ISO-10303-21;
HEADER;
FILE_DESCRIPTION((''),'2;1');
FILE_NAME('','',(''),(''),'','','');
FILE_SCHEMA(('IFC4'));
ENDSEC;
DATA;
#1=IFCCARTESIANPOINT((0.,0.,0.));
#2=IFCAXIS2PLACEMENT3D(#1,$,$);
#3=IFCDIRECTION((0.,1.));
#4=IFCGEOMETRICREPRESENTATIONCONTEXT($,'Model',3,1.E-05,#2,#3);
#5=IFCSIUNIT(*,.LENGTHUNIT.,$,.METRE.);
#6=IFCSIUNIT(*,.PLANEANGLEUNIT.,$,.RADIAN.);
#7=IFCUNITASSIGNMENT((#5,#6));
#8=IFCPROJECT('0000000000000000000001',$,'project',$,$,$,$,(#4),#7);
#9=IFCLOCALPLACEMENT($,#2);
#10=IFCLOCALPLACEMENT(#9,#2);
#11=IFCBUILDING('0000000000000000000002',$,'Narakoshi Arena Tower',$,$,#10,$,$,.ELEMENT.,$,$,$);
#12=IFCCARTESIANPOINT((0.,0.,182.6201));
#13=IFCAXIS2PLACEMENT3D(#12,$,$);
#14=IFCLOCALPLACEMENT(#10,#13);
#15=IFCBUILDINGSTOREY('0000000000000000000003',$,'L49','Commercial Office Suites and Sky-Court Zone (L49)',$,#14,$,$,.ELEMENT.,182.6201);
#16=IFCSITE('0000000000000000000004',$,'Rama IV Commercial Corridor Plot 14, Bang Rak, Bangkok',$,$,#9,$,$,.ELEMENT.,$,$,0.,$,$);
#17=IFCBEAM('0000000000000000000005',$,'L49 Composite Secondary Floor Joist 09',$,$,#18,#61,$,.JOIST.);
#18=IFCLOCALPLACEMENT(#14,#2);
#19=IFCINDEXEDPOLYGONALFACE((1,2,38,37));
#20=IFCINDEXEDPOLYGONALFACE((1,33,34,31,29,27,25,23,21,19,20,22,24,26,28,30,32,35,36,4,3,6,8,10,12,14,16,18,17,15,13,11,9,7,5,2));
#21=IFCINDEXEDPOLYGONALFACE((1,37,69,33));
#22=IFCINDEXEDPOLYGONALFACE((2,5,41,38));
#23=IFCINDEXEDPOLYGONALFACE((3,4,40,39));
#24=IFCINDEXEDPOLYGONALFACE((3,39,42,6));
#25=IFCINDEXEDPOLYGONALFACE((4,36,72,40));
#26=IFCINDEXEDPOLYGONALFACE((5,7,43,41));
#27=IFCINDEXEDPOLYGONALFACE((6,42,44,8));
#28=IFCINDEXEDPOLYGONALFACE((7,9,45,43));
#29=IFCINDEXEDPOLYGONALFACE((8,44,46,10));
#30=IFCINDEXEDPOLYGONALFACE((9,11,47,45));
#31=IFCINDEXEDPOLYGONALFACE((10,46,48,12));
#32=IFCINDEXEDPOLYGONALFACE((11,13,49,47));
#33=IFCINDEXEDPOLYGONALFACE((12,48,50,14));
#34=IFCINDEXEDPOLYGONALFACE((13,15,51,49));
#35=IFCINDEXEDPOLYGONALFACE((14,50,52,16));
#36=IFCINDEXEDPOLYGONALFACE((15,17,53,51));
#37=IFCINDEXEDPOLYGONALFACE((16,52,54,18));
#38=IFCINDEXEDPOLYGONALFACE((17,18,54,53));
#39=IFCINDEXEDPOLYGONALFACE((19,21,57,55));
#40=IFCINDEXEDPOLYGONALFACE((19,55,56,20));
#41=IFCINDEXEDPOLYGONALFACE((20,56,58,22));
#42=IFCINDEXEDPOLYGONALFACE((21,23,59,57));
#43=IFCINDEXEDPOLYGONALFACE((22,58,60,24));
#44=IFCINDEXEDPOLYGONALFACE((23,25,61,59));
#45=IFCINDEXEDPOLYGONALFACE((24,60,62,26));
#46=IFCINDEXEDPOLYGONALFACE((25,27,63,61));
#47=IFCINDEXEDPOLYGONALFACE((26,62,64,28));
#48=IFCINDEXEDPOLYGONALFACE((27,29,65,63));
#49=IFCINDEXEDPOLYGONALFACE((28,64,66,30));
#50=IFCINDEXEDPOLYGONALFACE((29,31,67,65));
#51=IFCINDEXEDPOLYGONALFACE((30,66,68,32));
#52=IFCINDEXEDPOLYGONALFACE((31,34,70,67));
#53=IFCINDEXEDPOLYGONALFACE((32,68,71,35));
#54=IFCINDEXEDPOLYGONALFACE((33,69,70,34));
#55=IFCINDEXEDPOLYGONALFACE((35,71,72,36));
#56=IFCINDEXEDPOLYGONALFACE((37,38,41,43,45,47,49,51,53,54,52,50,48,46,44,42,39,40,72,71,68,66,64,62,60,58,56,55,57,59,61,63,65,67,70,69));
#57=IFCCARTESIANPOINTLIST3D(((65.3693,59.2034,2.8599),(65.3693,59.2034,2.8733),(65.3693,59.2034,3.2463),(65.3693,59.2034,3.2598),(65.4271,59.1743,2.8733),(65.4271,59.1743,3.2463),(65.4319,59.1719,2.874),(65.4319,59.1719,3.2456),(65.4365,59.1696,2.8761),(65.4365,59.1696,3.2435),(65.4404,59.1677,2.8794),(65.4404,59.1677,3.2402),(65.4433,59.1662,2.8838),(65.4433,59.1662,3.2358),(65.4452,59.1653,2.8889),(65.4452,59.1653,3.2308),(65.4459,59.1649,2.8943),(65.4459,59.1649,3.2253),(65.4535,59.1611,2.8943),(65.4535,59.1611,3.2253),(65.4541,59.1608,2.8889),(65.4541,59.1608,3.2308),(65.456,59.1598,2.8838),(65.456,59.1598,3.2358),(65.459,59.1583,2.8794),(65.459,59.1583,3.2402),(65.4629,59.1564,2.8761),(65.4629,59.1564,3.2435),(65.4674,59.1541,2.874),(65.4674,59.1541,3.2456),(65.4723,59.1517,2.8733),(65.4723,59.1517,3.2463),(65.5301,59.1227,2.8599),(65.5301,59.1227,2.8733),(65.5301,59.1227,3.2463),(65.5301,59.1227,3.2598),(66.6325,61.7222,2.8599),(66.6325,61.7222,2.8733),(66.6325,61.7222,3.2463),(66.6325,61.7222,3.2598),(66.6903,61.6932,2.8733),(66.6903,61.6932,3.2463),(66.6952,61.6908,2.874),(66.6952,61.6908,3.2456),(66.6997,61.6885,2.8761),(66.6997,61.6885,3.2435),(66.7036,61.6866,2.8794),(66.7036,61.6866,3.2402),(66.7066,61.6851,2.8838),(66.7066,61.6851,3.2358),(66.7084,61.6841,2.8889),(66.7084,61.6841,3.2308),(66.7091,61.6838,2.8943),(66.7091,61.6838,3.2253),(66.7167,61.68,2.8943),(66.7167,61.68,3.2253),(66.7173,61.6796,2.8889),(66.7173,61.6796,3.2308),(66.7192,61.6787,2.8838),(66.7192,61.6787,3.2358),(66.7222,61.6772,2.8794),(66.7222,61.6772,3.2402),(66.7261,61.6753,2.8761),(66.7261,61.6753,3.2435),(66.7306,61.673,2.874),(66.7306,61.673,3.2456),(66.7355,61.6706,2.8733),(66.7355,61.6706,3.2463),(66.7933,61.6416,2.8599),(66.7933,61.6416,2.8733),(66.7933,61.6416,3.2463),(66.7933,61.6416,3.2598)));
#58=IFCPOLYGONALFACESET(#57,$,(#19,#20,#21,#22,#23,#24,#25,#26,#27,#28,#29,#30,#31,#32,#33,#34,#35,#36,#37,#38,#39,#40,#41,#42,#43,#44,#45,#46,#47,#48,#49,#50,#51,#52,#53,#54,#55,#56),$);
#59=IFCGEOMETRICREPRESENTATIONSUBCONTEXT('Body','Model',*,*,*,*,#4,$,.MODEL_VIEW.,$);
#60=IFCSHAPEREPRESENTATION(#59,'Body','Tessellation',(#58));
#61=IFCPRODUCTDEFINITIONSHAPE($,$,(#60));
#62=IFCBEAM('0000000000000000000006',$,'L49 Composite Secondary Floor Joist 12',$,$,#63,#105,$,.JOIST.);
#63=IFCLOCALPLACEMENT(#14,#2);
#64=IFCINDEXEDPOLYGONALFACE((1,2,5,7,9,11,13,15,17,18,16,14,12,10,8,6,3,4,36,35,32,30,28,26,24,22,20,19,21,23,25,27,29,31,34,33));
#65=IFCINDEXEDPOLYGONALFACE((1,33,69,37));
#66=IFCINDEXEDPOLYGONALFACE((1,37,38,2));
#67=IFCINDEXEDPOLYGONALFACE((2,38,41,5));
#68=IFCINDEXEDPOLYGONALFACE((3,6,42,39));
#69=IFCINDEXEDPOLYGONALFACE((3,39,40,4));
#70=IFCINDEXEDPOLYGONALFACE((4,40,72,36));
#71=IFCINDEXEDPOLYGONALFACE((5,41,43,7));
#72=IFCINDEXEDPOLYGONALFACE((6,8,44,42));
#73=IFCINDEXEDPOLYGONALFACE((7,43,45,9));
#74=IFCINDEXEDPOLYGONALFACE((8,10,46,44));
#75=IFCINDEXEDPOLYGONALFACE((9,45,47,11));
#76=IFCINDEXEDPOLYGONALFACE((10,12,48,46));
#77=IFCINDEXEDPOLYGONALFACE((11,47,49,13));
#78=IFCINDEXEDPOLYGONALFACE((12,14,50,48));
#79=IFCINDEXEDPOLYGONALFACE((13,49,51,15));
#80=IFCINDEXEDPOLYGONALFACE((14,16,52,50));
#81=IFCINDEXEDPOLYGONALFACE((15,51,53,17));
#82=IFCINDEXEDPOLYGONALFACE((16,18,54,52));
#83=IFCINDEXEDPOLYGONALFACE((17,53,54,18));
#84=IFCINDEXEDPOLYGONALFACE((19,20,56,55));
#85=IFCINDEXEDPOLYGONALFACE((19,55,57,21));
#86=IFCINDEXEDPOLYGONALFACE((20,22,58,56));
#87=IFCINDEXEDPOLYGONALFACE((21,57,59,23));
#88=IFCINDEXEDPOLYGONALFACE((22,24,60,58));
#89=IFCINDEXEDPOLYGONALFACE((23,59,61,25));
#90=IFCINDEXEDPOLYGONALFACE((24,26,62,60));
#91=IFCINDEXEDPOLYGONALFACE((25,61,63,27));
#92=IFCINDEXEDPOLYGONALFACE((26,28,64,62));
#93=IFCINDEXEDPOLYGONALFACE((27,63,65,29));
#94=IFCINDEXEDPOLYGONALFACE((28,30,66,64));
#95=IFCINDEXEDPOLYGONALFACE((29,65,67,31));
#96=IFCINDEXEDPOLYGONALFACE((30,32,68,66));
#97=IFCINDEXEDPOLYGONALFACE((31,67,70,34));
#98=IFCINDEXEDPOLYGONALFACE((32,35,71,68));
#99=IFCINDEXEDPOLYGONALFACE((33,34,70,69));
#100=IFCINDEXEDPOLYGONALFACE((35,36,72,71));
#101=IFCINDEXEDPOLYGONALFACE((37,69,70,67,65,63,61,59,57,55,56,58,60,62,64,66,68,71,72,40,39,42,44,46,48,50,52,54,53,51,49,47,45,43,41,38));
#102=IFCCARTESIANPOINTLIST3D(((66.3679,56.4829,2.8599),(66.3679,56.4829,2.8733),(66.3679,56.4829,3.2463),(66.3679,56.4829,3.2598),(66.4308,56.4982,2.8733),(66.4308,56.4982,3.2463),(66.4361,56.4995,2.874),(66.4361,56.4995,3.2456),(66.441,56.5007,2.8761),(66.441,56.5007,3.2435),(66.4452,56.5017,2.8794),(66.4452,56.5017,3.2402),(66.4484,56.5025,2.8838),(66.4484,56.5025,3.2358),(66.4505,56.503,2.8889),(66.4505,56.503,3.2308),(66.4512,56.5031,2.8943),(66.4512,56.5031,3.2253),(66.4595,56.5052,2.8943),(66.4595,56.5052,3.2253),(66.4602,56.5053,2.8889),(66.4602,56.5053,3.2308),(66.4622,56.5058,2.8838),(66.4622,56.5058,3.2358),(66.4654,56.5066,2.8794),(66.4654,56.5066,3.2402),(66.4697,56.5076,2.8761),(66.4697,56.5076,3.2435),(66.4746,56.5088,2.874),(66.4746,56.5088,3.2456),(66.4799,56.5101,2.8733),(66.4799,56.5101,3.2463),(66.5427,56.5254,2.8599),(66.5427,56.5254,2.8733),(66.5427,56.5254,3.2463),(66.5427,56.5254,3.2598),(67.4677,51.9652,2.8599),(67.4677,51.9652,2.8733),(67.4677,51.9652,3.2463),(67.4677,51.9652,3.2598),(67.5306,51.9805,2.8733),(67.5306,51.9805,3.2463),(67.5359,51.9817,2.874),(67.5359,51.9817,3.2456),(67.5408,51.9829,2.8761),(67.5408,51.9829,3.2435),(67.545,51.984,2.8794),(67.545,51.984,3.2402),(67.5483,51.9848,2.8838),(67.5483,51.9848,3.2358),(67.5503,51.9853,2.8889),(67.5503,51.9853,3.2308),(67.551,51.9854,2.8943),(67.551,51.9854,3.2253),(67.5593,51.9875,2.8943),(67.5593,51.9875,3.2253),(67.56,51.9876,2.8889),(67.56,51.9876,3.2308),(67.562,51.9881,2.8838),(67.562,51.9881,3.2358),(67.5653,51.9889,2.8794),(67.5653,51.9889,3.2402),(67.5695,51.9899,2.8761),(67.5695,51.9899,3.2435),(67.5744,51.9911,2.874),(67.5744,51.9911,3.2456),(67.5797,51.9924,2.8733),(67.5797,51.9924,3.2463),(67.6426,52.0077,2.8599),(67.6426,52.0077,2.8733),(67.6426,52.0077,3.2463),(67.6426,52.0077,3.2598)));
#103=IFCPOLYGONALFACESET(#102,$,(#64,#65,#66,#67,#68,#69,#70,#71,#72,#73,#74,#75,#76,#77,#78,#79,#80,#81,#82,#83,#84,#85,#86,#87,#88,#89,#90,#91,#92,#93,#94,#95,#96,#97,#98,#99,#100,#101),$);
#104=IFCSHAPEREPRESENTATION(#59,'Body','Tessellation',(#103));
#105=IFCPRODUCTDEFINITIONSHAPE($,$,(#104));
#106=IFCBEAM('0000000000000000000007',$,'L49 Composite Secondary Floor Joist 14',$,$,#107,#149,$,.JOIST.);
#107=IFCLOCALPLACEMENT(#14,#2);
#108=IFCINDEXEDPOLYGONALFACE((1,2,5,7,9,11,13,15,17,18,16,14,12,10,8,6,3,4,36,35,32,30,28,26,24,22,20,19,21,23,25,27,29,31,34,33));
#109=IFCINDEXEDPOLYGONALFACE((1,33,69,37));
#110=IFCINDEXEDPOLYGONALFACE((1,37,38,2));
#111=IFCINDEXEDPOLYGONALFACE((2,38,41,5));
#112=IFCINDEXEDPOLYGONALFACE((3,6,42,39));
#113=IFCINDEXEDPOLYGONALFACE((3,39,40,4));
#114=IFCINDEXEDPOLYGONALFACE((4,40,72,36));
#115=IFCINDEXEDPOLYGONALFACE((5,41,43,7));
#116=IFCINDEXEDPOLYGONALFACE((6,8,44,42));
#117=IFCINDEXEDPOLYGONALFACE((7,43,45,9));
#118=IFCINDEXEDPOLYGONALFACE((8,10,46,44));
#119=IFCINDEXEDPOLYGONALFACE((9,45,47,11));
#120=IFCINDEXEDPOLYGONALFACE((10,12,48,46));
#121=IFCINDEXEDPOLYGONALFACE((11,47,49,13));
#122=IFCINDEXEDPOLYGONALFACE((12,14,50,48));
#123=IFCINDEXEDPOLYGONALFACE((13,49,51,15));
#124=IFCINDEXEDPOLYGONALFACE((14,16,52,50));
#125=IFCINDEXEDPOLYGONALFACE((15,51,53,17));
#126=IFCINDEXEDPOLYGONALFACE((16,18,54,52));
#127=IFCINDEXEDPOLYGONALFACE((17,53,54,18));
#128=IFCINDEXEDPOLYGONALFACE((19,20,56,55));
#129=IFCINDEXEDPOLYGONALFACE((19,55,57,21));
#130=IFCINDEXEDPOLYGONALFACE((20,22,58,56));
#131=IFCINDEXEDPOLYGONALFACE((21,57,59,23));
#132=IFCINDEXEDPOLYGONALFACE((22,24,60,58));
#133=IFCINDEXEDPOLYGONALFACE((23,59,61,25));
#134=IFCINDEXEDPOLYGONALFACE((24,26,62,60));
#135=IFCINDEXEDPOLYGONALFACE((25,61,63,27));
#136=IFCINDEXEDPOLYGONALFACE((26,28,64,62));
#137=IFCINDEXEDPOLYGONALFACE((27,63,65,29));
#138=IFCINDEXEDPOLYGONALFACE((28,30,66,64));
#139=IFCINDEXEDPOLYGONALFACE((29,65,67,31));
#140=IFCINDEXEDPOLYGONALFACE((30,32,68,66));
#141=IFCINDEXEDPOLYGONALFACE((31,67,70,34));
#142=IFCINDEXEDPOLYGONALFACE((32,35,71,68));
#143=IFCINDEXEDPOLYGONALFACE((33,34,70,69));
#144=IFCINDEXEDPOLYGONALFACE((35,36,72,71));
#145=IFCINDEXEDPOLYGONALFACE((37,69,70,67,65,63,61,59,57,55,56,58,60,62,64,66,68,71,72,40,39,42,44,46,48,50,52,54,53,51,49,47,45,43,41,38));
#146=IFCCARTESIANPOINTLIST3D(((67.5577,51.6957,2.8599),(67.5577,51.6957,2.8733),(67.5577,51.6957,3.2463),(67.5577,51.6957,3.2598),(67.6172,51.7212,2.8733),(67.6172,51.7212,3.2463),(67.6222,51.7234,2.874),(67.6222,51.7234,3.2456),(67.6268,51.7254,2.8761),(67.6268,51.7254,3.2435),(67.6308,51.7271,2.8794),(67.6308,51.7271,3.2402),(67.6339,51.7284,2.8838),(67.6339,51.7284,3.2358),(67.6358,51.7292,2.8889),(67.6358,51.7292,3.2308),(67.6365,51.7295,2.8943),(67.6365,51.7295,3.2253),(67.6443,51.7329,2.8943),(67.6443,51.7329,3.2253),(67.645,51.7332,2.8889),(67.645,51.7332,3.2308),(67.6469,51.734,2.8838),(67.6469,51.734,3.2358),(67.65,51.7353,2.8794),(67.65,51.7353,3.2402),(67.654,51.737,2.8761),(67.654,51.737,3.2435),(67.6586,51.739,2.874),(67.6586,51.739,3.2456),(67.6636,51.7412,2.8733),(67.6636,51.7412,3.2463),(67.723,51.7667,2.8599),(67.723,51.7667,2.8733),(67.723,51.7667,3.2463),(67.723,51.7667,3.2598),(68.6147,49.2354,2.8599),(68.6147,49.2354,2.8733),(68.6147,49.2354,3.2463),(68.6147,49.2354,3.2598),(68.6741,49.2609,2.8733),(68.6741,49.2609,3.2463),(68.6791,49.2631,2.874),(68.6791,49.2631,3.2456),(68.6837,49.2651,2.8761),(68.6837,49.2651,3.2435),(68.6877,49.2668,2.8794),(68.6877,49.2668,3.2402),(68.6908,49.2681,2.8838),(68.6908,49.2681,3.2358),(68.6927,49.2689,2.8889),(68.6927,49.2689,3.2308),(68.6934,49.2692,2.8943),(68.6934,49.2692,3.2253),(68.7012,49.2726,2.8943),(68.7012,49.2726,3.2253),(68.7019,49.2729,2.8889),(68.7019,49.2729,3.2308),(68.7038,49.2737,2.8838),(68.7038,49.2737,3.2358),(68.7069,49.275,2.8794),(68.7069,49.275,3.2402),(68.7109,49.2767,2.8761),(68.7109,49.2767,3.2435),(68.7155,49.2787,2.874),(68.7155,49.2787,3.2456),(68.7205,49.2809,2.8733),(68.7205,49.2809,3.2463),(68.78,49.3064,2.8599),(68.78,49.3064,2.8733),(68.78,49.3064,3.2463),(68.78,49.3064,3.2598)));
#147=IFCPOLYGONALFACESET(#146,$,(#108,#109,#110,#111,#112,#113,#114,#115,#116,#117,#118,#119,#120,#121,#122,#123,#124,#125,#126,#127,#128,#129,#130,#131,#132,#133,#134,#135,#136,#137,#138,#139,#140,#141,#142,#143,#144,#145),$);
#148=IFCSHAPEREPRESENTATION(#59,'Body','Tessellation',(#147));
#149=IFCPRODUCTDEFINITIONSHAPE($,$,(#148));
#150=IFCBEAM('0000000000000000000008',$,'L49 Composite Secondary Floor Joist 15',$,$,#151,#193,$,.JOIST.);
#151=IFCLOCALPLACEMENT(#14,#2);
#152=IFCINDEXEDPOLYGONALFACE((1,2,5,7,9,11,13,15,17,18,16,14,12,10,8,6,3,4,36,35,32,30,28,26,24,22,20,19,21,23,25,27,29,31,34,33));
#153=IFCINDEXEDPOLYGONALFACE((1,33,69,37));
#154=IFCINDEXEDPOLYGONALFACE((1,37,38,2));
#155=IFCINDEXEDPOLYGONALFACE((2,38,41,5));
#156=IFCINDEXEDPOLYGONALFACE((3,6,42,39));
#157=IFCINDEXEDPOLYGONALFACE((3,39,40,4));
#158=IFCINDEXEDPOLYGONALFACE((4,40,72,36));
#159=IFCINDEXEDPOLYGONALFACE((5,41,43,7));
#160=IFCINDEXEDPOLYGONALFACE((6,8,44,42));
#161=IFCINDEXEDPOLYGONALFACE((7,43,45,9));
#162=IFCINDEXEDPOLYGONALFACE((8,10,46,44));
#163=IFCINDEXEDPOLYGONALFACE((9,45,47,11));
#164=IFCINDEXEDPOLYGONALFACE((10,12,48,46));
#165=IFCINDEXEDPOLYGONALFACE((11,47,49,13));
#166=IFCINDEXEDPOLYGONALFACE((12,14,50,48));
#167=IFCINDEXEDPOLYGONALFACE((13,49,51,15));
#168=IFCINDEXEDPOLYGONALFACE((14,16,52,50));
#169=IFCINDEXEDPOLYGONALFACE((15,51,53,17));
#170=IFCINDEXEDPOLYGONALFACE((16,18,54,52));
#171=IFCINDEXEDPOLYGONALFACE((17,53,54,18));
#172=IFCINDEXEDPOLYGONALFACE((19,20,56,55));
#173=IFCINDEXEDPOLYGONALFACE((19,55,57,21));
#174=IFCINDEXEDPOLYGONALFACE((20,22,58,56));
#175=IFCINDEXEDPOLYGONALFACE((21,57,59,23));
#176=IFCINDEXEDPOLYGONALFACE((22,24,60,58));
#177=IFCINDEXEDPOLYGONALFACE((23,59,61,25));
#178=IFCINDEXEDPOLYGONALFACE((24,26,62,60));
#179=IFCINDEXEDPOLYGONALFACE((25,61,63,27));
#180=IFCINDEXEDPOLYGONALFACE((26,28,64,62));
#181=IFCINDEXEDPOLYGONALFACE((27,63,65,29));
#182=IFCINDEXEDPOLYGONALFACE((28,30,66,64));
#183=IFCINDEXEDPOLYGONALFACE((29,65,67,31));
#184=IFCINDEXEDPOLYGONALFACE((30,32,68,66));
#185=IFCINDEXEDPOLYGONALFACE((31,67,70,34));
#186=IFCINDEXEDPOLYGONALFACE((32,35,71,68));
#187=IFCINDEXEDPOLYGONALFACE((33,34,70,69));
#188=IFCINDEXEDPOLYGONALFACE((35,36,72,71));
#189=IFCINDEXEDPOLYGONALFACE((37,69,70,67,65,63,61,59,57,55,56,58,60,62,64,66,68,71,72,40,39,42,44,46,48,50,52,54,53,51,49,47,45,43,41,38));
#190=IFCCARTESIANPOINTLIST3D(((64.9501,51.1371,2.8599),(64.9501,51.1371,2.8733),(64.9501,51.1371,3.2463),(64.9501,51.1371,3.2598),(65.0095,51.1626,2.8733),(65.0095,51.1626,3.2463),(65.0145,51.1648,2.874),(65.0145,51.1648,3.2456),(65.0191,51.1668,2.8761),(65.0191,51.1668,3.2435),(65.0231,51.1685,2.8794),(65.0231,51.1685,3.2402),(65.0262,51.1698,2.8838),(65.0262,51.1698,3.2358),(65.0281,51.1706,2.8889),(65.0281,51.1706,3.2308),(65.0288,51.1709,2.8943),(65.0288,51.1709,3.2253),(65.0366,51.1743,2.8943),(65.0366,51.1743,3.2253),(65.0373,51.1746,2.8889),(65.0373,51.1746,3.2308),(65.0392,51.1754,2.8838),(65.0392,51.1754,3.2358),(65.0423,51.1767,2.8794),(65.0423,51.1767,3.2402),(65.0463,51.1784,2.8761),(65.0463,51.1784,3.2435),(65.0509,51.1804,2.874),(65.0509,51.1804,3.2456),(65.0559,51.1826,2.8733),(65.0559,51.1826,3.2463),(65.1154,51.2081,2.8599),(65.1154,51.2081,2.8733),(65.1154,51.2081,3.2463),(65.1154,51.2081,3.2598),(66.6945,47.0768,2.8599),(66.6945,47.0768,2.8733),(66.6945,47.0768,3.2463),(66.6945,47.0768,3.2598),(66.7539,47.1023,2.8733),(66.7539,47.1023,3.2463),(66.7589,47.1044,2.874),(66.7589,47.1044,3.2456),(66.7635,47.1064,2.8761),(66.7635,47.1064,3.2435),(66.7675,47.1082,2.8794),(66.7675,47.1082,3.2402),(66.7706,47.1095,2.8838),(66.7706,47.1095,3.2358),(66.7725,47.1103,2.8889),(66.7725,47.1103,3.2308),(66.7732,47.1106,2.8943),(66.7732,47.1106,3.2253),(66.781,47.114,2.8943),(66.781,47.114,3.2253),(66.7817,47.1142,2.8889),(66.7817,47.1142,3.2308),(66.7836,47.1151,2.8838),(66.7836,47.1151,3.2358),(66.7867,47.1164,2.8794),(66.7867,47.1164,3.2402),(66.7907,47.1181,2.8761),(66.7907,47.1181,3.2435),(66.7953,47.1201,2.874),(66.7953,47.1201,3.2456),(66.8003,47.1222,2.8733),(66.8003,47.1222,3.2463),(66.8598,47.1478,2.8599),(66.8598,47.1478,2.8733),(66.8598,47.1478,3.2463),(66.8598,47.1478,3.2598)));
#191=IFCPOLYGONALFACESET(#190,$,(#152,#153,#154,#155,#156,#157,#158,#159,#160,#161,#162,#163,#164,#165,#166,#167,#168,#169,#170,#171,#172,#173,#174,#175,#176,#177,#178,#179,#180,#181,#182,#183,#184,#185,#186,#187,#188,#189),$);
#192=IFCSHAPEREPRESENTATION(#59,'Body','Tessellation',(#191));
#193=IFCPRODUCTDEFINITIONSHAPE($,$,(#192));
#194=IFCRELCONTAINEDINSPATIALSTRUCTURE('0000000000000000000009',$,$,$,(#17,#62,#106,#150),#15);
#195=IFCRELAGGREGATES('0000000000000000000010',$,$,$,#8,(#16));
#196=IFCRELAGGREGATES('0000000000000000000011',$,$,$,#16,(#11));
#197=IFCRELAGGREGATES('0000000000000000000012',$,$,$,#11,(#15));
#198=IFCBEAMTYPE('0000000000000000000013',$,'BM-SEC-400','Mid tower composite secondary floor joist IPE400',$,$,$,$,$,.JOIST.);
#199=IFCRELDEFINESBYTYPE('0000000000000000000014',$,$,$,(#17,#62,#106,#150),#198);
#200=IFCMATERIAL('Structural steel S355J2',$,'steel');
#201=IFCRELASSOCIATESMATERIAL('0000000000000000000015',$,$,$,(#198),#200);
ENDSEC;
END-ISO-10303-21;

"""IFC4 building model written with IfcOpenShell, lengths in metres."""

from ifc_helpers import new_model, si_unit, direction, frame, origin, origin_2d, place, context, subcontext, project, spatial, i_section, extrude, material, material_profile, profile_set, type_object, element, save


model = new_model("IFC4")

# Units and contexts
model_context = context("Model", 3, precision=1e-05, world=origin(), true_north=direction((0.0, 1.0)))
body_context = subcontext(model_context, "Body", "Model", "MODEL_VIEW")
ifc_project = project(units=[si_unit("LENGTHUNIT", "METRE"), si_unit("PLANEANGLEUNIT", "RADIAN")], contexts=[model_context])

# Site, building, storey
site_placement = place(None, origin())
site = spatial("IfcSite", under=ifc_project, at=site_placement, Name="Rama IV Commercial Corridor Plot 14, Bang Rak, Bangkok", CompositionType="ELEMENT", RefElevation=0.0)
building_placement = place(site_placement, origin())
building = spatial("IfcBuilding", under=site, at=building_placement, Name="Narakoshi Arena Tower", CompositionType="ELEMENT")
storey_placement = place(building_placement, frame((0.0, 0.0, 182.6201)))
storey = spatial("IfcBuildingStorey", under=building, at=storey_placement, Name="L49", Description="Commercial Office Suites and Sky-Court Zone (L49)", CompositionType="ELEMENT", Elevation=182.6201)

# Beams
ifc_material_1 = material(Name="Structural steel S355J2", Category="steel")
ifc_material_profile_1 = material_profile(ifc_material_1, i_section(OverallWidth=0.1799, OverallDepth=0.3999, WebThickness=0.0085, FlangeThickness=0.0134, FilletRadius=0.021, at=origin_2d()), Name="IPE400")
ifc_profile_set_1 = profile_set([ifc_material_profile_1], Name="Structural steel S355J2")
beam_type_1 = type_object("IfcBeamType", Name="BM-SEC-400", Description="Mid tower composite secondary floor joist IPE400", PredefinedType="JOIST", material=ifc_profile_set_1)
beam_1_placement = place(storey_placement, frame((66.7129, 61.6819, 3.0598), z_axis=(-0.448288, -0.893889, 0.0), x_axis=(0.893889, -0.448288, 0.0)))
element("IfcBeam", 1, at=beam_1_placement, inside=storey, type_object=beam_type_1, Name="L49 Composite Secondary Floor Joist 09", PredefinedType="JOIST", context=body_context, shape_type="SweptSolid", body=[
    extrude(i_section(OverallWidth=0.1799, OverallDepth=0.3999, WebThickness=0.0085, FlangeThickness=0.0134, FilletRadius=0.021, at=origin_2d()), origin(), (0.0, 0.0, 1.0), 2.8179),
])
beam_2_placement = place(storey_placement, frame((66.4553, 56.5042, 3.0598), z_axis=(0.236539, -0.971622, 0.0), x_axis=(0.971622, 0.236539, 0.0)))
element("IfcBeam", 2, at=beam_2_placement, inside=storey, type_object=beam_type_1, Name="L49 Composite Secondary Floor Joist 12", PredefinedType="JOIST", context=body_context, shape_type="SweptSolid", body=[
    extrude(i_section(OverallWidth=0.1799, OverallDepth=0.3999, WebThickness=0.0085, FlangeThickness=0.0134, FilletRadius=0.021, at=origin_2d()), origin(), (0.0, 0.0, 1.0), 4.6497),
])
beam_3_placement = place(storey_placement, frame((67.6404, 51.7312, 3.0598), z_axis=(0.394711, -0.918805, 0.0), x_axis=(0.918805, 0.394711, 0.0)))
element("IfcBeam", 3, at=beam_3_placement, inside=storey, type_object=beam_type_1, Name="L49 Composite Secondary Floor Joist 14", PredefinedType="JOIST", context=body_context, shape_type="SweptSolid", body=[
    extrude(i_section(OverallWidth=0.1799, OverallDepth=0.3999, WebThickness=0.0085, FlangeThickness=0.0134, FilletRadius=0.021, at=origin_2d()), origin(), (0.0, 0.0, 1.0), 2.6777),
])
beam_4_placement = place(storey_placement, frame((65.0327, 51.1726, 3.0598), z_axis=(0.394733, -0.918796, 0.0), x_axis=(0.918796, 0.394733, 0.0)))
element("IfcBeam", 4, at=beam_4_placement, inside=storey, type_object=beam_type_1, Name="L49 Composite Secondary Floor Joist 15", PredefinedType="JOIST", context=body_context, shape_type="SweptSolid", body=[
    extrude(i_section(OverallWidth=0.1799, OverallDepth=0.3999, WebThickness=0.0085, FlangeThickness=0.0134, FilletRadius=0.021, at=origin_2d()), origin(), (0.0, 0.0, 1.0), 4.4192),
])

save(model, "model.ifc")
